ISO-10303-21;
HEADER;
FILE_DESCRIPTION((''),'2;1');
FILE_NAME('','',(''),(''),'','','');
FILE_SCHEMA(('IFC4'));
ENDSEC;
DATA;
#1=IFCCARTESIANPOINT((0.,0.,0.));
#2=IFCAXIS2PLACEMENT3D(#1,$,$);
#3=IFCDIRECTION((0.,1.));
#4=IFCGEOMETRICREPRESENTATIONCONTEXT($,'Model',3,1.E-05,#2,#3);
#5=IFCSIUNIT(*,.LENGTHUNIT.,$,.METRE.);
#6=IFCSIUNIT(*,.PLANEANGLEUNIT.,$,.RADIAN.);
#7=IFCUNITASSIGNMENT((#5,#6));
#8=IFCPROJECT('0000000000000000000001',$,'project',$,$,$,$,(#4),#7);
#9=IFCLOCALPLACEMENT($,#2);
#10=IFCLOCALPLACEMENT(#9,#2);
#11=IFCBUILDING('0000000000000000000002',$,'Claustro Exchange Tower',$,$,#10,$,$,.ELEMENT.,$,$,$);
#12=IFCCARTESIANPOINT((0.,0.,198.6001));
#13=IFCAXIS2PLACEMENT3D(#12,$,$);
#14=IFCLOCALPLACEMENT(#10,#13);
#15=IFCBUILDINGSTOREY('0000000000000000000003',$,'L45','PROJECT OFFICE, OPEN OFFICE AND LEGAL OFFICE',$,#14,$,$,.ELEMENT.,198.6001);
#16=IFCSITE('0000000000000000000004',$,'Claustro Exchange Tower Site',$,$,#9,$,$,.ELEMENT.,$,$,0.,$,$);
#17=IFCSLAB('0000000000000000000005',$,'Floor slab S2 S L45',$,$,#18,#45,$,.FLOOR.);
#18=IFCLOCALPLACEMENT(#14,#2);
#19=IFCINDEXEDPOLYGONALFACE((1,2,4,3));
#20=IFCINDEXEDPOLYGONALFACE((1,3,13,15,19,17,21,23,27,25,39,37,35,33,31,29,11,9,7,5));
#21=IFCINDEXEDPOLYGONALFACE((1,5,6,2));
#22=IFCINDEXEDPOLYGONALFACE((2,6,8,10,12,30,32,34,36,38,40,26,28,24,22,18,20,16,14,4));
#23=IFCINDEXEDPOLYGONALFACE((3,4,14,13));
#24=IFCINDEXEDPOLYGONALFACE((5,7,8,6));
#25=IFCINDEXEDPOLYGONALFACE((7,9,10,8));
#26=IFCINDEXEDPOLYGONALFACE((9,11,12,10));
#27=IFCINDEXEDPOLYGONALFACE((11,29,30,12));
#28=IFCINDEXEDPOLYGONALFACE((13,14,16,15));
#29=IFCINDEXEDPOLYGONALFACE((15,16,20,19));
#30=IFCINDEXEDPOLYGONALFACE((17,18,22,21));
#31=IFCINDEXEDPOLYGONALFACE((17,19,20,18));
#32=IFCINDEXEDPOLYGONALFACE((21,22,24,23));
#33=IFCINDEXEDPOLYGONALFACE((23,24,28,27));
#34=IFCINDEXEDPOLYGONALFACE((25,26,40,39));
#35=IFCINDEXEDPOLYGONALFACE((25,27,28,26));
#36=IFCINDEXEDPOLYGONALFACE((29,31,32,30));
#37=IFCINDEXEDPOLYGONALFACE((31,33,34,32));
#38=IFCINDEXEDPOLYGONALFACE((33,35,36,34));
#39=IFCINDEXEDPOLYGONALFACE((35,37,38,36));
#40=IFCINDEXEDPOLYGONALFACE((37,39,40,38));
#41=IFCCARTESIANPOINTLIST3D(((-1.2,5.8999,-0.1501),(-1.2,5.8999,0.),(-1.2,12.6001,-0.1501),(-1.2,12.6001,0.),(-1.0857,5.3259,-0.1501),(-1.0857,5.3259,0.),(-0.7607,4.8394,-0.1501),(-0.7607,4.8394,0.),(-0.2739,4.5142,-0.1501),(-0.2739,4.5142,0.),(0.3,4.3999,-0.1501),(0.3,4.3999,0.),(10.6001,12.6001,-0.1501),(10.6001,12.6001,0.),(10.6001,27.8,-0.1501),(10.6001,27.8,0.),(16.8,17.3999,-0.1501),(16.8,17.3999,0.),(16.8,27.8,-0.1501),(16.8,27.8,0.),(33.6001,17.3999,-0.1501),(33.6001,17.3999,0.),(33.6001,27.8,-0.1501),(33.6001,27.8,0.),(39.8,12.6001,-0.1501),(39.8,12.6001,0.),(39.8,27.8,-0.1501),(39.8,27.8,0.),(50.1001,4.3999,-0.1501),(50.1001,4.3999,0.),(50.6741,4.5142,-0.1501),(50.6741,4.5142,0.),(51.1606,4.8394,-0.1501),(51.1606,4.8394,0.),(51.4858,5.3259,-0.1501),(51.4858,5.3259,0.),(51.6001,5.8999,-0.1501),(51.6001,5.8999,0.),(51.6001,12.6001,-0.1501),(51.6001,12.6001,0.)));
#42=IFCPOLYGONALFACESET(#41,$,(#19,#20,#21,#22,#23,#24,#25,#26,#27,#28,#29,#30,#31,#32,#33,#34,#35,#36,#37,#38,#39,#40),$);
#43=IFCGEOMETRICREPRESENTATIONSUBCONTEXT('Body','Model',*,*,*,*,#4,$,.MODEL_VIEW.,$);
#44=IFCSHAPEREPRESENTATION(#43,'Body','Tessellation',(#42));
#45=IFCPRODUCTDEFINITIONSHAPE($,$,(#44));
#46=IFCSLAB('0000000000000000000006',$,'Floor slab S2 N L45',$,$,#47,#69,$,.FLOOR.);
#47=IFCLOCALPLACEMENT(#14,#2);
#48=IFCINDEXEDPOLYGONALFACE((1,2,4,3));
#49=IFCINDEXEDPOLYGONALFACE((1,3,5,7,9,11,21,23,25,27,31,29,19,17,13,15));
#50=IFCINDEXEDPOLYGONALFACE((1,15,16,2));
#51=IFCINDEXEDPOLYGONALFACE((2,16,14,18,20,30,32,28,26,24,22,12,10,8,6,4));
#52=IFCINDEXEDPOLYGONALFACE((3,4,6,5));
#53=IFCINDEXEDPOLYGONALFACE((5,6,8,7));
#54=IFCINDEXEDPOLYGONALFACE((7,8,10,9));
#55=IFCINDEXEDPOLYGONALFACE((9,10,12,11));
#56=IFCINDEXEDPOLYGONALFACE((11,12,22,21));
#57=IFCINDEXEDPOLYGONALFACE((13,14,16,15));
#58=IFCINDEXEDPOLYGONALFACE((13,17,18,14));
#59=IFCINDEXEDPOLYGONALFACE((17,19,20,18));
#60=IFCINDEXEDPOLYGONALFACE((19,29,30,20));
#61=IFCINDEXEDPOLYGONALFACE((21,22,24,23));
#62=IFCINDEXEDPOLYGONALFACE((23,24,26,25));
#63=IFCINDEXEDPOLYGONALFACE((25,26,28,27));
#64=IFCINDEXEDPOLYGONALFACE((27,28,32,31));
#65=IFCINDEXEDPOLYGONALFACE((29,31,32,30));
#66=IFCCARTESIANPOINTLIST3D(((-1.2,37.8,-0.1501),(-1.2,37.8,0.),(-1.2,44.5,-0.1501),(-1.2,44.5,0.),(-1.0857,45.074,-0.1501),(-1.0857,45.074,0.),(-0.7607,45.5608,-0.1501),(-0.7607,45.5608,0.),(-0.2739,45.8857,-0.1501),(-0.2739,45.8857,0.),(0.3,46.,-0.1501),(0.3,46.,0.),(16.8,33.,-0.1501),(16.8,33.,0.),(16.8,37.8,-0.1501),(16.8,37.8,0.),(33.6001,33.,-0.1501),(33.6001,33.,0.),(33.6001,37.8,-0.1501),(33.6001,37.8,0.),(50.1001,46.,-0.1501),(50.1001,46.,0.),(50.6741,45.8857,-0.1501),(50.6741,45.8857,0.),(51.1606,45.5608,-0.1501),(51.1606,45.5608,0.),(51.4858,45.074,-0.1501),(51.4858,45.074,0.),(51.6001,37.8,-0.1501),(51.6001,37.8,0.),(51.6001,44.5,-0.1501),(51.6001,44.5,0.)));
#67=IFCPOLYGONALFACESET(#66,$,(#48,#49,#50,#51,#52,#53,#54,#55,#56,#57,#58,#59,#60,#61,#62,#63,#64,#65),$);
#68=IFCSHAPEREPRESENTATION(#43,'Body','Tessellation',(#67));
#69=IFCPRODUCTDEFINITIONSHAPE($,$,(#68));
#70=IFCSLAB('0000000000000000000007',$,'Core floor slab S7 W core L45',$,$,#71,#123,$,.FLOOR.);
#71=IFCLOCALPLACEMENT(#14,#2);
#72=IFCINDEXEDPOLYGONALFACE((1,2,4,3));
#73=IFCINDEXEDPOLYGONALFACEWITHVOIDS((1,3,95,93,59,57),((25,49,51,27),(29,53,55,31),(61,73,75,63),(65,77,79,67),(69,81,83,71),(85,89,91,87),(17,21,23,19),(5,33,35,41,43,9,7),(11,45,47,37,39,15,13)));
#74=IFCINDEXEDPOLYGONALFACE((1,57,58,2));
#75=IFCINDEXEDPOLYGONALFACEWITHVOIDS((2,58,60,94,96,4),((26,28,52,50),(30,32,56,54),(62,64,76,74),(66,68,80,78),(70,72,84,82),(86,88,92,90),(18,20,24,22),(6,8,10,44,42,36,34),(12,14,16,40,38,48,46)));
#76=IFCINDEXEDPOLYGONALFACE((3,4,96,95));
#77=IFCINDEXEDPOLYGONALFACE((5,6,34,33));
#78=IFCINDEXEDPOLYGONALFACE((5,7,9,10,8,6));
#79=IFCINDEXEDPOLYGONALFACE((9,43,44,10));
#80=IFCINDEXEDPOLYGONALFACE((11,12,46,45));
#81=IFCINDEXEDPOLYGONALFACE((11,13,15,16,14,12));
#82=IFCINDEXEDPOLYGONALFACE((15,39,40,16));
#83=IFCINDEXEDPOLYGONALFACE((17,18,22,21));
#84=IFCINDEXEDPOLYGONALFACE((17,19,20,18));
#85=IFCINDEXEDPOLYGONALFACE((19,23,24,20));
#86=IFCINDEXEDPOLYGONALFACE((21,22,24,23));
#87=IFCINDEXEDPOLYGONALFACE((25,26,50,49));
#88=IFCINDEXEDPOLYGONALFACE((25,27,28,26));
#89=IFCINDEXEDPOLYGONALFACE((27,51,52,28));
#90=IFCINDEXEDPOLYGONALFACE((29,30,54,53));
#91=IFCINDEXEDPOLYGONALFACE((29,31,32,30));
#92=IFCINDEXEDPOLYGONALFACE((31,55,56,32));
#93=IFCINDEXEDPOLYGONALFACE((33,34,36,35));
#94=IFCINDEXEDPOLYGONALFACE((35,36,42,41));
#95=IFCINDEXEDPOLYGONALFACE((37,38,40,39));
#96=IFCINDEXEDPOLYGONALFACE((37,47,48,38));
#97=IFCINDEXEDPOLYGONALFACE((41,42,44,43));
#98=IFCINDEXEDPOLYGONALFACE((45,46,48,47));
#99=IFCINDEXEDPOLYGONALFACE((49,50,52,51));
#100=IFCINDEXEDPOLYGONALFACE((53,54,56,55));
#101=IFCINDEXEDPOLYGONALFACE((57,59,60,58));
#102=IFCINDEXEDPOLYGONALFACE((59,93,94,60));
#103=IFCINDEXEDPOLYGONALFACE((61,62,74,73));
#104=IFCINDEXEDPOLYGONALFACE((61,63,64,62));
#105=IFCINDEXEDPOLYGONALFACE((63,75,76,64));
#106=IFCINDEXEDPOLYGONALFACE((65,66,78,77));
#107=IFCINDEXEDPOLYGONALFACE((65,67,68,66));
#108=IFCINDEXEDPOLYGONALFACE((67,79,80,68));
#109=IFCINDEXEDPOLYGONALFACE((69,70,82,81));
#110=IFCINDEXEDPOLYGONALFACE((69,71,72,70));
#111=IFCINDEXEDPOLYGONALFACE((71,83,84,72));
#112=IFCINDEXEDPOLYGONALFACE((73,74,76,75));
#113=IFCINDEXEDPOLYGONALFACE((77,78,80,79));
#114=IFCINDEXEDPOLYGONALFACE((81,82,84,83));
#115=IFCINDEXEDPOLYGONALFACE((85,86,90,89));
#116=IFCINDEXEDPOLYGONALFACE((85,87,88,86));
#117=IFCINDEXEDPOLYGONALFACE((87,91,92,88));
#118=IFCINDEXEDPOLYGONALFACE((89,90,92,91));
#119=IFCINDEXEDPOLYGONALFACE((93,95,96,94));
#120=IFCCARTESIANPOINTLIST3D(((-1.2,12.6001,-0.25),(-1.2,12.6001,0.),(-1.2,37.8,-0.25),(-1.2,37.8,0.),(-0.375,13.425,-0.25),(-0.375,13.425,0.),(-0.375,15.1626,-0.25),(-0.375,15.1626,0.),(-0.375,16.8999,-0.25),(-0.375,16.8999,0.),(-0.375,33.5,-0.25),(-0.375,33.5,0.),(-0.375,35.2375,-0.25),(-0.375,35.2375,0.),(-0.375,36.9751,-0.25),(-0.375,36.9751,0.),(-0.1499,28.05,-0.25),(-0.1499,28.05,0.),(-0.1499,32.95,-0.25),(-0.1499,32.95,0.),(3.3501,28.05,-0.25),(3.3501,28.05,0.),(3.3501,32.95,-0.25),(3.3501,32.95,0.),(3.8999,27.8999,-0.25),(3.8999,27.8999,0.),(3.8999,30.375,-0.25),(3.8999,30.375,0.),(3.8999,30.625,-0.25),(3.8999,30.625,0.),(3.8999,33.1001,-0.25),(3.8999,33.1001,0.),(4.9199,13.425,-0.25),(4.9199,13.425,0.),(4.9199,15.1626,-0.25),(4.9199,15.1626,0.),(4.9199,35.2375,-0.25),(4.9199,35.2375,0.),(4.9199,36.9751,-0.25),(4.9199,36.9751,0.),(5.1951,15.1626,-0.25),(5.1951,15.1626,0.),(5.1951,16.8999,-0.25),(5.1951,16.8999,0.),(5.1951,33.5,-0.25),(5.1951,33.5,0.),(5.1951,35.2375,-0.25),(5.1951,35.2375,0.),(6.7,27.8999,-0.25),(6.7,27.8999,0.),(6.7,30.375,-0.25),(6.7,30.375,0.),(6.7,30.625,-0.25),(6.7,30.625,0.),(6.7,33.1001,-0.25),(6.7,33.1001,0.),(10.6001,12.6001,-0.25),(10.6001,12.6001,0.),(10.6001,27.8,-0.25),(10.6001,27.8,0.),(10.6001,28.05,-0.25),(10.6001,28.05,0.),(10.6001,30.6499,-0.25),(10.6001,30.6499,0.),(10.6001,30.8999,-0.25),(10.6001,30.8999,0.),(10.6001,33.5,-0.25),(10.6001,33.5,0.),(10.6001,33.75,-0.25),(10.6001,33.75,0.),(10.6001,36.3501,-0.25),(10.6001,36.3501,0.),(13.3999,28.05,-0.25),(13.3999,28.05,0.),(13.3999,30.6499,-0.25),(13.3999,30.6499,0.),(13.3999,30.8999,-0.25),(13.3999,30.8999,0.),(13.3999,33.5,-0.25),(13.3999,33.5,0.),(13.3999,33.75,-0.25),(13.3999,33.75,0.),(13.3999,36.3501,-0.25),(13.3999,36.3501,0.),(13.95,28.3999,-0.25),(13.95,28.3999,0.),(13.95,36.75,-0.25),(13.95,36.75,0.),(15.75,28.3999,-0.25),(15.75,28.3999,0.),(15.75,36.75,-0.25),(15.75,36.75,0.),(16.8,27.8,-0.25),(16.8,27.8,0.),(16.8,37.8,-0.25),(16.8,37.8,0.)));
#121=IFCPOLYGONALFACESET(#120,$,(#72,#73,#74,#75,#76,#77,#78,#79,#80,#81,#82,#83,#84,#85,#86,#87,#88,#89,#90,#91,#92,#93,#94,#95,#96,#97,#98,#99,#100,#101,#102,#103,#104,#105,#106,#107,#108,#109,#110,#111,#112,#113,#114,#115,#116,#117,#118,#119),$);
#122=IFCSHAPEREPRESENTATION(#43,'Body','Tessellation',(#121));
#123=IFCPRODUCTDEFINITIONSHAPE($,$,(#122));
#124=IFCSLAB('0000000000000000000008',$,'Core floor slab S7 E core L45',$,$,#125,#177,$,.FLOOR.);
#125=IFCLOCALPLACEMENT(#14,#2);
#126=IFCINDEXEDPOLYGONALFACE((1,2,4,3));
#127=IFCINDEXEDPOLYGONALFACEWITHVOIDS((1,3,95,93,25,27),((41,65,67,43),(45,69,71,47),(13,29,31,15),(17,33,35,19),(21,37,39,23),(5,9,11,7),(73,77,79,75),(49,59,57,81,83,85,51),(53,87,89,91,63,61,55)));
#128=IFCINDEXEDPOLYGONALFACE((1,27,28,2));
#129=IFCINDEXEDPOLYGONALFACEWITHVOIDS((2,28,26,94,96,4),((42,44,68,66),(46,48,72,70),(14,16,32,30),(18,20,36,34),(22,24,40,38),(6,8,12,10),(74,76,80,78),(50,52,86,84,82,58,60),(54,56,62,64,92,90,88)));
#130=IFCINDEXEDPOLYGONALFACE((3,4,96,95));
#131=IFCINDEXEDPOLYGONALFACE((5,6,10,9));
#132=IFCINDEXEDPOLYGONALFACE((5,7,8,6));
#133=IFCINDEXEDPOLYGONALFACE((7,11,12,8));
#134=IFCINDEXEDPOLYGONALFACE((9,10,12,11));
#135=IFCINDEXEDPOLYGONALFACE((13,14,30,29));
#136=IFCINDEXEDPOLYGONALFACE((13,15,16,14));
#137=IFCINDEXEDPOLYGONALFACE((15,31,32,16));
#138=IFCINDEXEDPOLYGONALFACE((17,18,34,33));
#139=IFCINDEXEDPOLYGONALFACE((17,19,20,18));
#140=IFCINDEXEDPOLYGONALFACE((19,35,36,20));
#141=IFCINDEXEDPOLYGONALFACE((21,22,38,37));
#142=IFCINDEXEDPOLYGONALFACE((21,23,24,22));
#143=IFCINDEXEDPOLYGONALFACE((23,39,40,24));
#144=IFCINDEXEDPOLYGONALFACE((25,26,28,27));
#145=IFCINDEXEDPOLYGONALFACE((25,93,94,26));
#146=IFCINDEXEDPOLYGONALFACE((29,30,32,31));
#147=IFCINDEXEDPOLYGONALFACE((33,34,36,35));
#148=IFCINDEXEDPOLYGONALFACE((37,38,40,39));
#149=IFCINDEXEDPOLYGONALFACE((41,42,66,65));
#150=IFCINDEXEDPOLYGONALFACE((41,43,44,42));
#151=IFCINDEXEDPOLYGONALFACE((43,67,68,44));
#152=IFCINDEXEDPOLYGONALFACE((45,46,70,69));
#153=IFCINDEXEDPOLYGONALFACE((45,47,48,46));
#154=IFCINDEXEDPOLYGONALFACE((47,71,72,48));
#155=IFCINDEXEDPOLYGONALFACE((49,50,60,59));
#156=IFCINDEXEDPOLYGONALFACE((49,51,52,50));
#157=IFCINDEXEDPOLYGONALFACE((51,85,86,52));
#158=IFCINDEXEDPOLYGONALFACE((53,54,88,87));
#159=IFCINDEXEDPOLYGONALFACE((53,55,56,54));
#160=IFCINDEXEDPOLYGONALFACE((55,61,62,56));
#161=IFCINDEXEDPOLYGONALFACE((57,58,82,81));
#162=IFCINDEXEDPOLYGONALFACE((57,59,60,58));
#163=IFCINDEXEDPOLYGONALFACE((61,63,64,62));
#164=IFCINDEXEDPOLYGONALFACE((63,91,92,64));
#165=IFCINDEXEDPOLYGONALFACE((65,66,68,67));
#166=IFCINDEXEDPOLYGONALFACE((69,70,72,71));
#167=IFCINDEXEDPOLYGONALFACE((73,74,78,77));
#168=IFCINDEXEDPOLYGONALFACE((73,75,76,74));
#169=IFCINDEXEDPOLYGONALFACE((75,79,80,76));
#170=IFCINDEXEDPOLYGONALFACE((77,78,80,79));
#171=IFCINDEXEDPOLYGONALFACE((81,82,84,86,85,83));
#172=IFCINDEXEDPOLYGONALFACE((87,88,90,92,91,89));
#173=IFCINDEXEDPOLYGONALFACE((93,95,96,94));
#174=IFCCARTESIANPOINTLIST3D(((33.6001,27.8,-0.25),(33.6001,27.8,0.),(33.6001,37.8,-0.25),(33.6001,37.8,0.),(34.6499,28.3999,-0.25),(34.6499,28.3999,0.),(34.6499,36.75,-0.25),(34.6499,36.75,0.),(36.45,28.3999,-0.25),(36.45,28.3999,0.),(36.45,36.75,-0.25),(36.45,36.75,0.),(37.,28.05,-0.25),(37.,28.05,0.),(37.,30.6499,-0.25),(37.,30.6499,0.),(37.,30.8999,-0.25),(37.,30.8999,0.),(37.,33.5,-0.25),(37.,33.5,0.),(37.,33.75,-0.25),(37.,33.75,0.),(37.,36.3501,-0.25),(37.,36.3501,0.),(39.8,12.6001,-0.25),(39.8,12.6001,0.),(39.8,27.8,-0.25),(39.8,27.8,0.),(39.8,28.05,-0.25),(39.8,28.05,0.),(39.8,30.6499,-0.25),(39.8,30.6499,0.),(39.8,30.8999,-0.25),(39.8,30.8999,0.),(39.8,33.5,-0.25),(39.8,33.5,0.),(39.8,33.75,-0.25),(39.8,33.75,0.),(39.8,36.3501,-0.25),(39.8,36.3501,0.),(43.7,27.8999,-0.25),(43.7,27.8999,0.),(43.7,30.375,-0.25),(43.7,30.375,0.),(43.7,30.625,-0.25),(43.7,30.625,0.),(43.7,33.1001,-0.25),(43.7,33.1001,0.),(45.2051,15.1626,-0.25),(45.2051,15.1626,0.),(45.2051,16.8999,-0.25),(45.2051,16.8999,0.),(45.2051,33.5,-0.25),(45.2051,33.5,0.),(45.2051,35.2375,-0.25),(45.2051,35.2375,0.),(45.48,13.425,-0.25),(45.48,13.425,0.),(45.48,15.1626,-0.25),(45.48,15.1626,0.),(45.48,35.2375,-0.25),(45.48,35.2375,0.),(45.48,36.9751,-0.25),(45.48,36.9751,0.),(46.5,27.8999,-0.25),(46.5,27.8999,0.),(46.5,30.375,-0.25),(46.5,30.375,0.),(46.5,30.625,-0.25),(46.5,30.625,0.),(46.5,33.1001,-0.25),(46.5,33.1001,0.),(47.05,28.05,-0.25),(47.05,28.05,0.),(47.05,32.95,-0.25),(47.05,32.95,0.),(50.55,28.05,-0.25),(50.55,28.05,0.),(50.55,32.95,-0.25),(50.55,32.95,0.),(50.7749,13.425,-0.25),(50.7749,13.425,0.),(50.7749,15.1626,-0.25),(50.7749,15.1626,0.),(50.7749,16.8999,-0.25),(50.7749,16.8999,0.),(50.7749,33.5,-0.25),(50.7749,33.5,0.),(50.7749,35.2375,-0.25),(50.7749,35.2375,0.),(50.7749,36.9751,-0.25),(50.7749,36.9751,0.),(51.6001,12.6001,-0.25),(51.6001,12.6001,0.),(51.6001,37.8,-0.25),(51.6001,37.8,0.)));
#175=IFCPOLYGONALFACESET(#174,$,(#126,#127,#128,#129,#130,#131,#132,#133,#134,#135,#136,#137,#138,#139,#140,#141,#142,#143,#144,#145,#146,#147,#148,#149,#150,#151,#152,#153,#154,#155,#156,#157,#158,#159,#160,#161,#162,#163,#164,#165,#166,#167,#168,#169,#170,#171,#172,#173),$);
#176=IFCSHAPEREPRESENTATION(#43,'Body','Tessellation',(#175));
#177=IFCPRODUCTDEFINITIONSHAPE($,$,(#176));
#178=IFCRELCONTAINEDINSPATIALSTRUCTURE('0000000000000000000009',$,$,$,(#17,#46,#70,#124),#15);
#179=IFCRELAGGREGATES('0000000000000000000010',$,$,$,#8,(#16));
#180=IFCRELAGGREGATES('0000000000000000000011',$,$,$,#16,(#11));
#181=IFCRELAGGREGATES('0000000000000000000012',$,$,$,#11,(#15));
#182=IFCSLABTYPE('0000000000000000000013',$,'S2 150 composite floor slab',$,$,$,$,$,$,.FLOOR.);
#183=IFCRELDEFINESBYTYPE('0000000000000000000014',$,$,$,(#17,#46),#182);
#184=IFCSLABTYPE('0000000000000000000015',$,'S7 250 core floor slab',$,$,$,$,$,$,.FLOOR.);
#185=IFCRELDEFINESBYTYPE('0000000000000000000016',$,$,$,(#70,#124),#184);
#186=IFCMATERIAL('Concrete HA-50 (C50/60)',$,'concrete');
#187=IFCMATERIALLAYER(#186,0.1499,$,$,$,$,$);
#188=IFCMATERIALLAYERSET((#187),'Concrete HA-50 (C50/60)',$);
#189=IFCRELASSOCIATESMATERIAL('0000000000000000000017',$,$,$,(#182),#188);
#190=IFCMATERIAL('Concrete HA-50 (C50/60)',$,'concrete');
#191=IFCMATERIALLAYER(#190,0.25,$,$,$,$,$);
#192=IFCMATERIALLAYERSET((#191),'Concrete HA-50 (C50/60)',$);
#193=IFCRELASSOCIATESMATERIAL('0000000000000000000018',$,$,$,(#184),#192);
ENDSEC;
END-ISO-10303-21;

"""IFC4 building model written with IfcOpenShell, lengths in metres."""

from ifc_helpers import new_model, si_unit, direction, frame, origin, place, context, subcontext, project, spatial, polyline, outline, extrude, material, layer, layer_set, type_object, element, save


model = new_model("IFC4")

# Units and contexts
model_context = context("Model", 3, precision=1e-05, world=origin(), true_north=direction((0.0, 1.0)))
body_context = subcontext(model_context, "Body", "Model", "MODEL_VIEW")
ifc_project = project(units=[si_unit("LENGTHUNIT", "METRE"), si_unit("PLANEANGLEUNIT", "RADIAN")], contexts=[model_context])

# Site, building, storey
site_placement = place(None, origin())
site = spatial("IfcSite", under=ifc_project, at=site_placement, Name="Claustro Exchange Tower Site", CompositionType="ELEMENT", RefElevation=0.0)
building_placement = place(site_placement, origin())
building = spatial("IfcBuilding", under=site, at=building_placement, Name="Claustro Exchange Tower", CompositionType="ELEMENT")
storey_placement = place(building_placement, frame((0.0, 0.0, 198.6001)))
storey = spatial("IfcBuildingStorey", under=building, at=storey_placement, Name="L45", Description="PROJECT OFFICE, OPEN OFFICE AND LEGAL OFFICE", CompositionType="ELEMENT", Elevation=198.6001)

# Slabs
ifc_material_1 = material(Name="Concrete HA-50 (C50/60)", Category="concrete")
ifc_layer_1 = layer(ifc_material_1, 0.1499)
ifc_layer_set_1 = layer_set([ifc_layer_1], Name="Concrete HA-50 (C50/60)")
slab_type_1 = type_object("IfcSlabType", Name="S2 150 composite floor slab", PredefinedType="FLOOR", material=ifc_layer_set_1)
slab_1_placement = place(storey_placement, frame((0.0, 0.0, -0.1501)))
element("IfcSlab", 1, at=slab_1_placement, inside=storey, type_object=slab_type_1, Name="Floor slab S2 S L45", PredefinedType="FLOOR", context=body_context, shape_type="SweptSolid", body=[
    extrude(outline(polyline([(-0.2739, 4.5142), (0.3, 4.3999), (50.1001, 4.3999), (50.6741, 4.5142), (51.1606, 4.8394), (51.4858, 5.3259), (51.6001, 5.8999), (51.6001, 12.6001), (39.8, 12.6001), (39.8, 27.8), (33.6001, 27.8), (33.6001, 17.3999), (16.8, 17.3999), (16.8, 27.8), (10.6001, 27.8), (10.6001, 12.6001), (-1.2, 12.6001), (-1.2, 5.8999), (-1.0857, 5.3259), (-0.7607, 4.8394), (-0.2739, 4.5142)])), origin(), (0.0, 0.0, 1.0), 0.1501),
])
slab_2_placement = place(storey_placement, frame((0.0, 0.0, -0.1501)))
element("IfcSlab", 2, at=slab_2_placement, inside=storey, type_object=slab_type_1, Name="Floor slab S2 N L45", PredefinedType="FLOOR", context=body_context, shape_type="SweptSolid", body=[
    extrude(outline(polyline([(16.8, 37.8), (16.8, 33.0), (33.6001, 33.0), (33.6001, 37.8), (51.6001, 37.8), (51.6001, 44.5), (51.4858, 45.074), (51.1606, 45.5608), (50.6741, 45.8857), (50.1001, 46.0), (0.3, 46.0), (-0.2739, 45.8857), (-0.7607, 45.5608), (-1.0857, 45.074), (-1.2, 44.5), (-1.2, 37.8), (16.8, 37.8)])), origin(), (0.0, 0.0, 1.0), 0.1501),
])
ifc_material_2 = material(Name="Concrete HA-50 (C50/60)", Category="concrete")
ifc_layer_2 = layer(ifc_material_2, 0.25)
ifc_layer_set_2 = layer_set([ifc_layer_2], Name="Concrete HA-50 (C50/60)")
slab_type_2 = type_object("IfcSlabType", Name="S7 250 core floor slab", PredefinedType="FLOOR", material=ifc_layer_set_2)
slab_3_placement = place(storey_placement, frame((0.0, 0.0, -0.25)))
element("IfcSlab", 3, at=slab_3_placement, inside=storey, type_object=slab_type_2, Name="Core floor slab S7 W core L45", PredefinedType="FLOOR", context=body_context, shape_type="SweptSolid", body=[
    extrude(outline(polyline([(-1.2, 37.8), (-1.2, 12.6001), (10.6001, 12.6001), (10.6001, 27.8), (16.8, 27.8), (16.8, 37.8), (-1.2, 37.8)]), holes=[polyline([(13.95, 36.75), (15.75, 36.75), (15.75, 28.3999), (13.95, 28.3999), (13.95, 36.75)]), polyline([(10.6001, 30.6499), (13.3999, 30.6499), (13.3999, 28.05), (10.6001, 28.05), (10.6001, 30.6499)]), polyline([(10.6001, 33.5), (13.3999, 33.5), (13.3999, 30.8999), (10.6001, 30.8999), (10.6001, 33.5)]), polyline([(13.3999, 36.3501), (13.3999, 33.75), (10.6001, 33.75), (10.6001, 36.3501), (13.3999, 36.3501)]), polyline([(3.8999, 30.375), (6.7, 30.375), (6.7, 27.8999), (3.8999, 27.8999), (3.8999, 30.375)]), polyline([(3.8999, 33.1001), (6.7, 33.1001), (6.7, 30.625), (3.8999, 30.625), (3.8999, 33.1001)]), polyline([(-0.375, 15.1626), (-0.375, 16.8999), (5.1951, 16.8999), (5.1951, 15.1626), (4.9199, 15.1626), (4.9199, 13.425), (-0.375, 13.425), (-0.375, 15.1626)]), polyline([(-0.375, 35.2375), (-0.375, 36.9751), (4.9199, 36.9751), (4.9199, 35.2375), (5.1951, 35.2375), (5.1951, 33.5), (-0.375, 33.5), (-0.375, 35.2375)]), polyline([(-0.1499, 32.95), (3.3501, 32.95), (3.3501, 28.05), (-0.1499, 28.05), (-0.1499, 32.95)])]), origin(), (0.0, 0.0, 1.0), 0.25),
])
slab_4_placement = place(storey_placement, frame((0.0, 0.0, -0.25)))
element("IfcSlab", 4, at=slab_4_placement, inside=storey, type_object=slab_type_2, Name="Core floor slab S7 E core L45", PredefinedType="FLOOR", context=body_context, shape_type="SweptSolid", body=[
    extrude(outline(polyline([(51.6001, 37.8), (33.6001, 37.8), (33.6001, 27.8), (39.8, 27.8), (39.8, 12.6001), (51.6001, 12.6001), (51.6001, 37.8)]), holes=[polyline([(45.48, 15.1626), (45.2051, 15.1626), (45.2051, 16.8999), (50.7749, 16.8999), (50.7749, 15.1626), (50.7749, 13.425), (45.48, 13.425), (45.48, 15.1626)]), polyline([(45.48, 35.2375), (45.48, 36.9751), (50.7749, 36.9751), (50.7749, 35.2375), (50.7749, 33.5), (45.2051, 33.5), (45.2051, 35.2375), (45.48, 35.2375)]), polyline([(47.05, 32.95), (50.55, 32.95), (50.55, 28.05), (47.05, 28.05), (47.05, 32.95)]), polyline([(43.7, 30.375), (46.5, 30.375), (46.5, 27.8999), (43.7, 27.8999), (43.7, 30.375)]), polyline([(43.7, 33.1001), (46.5, 33.1001), (46.5, 30.625), (43.7, 30.625), (43.7, 33.1001)]), polyline([(37.0, 30.6499), (39.8, 30.6499), (39.8, 28.05), (37.0, 28.05), (37.0, 30.6499)]), polyline([(37.0, 33.5), (39.8, 33.5), (39.8, 30.8999), (37.0, 30.8999), (37.0, 33.5)]), polyline([(39.8, 36.3501), (39.8, 33.75), (37.0, 33.75), (37.0, 36.3501), (39.8, 36.3501)]), polyline([(34.6499, 36.75), (36.45, 36.75), (36.45, 28.3999), (34.6499, 28.3999), (34.6499, 36.75)])]), origin(), (0.0, 0.0, 1.0), 0.25),
])

save(model, "model.ifc")
